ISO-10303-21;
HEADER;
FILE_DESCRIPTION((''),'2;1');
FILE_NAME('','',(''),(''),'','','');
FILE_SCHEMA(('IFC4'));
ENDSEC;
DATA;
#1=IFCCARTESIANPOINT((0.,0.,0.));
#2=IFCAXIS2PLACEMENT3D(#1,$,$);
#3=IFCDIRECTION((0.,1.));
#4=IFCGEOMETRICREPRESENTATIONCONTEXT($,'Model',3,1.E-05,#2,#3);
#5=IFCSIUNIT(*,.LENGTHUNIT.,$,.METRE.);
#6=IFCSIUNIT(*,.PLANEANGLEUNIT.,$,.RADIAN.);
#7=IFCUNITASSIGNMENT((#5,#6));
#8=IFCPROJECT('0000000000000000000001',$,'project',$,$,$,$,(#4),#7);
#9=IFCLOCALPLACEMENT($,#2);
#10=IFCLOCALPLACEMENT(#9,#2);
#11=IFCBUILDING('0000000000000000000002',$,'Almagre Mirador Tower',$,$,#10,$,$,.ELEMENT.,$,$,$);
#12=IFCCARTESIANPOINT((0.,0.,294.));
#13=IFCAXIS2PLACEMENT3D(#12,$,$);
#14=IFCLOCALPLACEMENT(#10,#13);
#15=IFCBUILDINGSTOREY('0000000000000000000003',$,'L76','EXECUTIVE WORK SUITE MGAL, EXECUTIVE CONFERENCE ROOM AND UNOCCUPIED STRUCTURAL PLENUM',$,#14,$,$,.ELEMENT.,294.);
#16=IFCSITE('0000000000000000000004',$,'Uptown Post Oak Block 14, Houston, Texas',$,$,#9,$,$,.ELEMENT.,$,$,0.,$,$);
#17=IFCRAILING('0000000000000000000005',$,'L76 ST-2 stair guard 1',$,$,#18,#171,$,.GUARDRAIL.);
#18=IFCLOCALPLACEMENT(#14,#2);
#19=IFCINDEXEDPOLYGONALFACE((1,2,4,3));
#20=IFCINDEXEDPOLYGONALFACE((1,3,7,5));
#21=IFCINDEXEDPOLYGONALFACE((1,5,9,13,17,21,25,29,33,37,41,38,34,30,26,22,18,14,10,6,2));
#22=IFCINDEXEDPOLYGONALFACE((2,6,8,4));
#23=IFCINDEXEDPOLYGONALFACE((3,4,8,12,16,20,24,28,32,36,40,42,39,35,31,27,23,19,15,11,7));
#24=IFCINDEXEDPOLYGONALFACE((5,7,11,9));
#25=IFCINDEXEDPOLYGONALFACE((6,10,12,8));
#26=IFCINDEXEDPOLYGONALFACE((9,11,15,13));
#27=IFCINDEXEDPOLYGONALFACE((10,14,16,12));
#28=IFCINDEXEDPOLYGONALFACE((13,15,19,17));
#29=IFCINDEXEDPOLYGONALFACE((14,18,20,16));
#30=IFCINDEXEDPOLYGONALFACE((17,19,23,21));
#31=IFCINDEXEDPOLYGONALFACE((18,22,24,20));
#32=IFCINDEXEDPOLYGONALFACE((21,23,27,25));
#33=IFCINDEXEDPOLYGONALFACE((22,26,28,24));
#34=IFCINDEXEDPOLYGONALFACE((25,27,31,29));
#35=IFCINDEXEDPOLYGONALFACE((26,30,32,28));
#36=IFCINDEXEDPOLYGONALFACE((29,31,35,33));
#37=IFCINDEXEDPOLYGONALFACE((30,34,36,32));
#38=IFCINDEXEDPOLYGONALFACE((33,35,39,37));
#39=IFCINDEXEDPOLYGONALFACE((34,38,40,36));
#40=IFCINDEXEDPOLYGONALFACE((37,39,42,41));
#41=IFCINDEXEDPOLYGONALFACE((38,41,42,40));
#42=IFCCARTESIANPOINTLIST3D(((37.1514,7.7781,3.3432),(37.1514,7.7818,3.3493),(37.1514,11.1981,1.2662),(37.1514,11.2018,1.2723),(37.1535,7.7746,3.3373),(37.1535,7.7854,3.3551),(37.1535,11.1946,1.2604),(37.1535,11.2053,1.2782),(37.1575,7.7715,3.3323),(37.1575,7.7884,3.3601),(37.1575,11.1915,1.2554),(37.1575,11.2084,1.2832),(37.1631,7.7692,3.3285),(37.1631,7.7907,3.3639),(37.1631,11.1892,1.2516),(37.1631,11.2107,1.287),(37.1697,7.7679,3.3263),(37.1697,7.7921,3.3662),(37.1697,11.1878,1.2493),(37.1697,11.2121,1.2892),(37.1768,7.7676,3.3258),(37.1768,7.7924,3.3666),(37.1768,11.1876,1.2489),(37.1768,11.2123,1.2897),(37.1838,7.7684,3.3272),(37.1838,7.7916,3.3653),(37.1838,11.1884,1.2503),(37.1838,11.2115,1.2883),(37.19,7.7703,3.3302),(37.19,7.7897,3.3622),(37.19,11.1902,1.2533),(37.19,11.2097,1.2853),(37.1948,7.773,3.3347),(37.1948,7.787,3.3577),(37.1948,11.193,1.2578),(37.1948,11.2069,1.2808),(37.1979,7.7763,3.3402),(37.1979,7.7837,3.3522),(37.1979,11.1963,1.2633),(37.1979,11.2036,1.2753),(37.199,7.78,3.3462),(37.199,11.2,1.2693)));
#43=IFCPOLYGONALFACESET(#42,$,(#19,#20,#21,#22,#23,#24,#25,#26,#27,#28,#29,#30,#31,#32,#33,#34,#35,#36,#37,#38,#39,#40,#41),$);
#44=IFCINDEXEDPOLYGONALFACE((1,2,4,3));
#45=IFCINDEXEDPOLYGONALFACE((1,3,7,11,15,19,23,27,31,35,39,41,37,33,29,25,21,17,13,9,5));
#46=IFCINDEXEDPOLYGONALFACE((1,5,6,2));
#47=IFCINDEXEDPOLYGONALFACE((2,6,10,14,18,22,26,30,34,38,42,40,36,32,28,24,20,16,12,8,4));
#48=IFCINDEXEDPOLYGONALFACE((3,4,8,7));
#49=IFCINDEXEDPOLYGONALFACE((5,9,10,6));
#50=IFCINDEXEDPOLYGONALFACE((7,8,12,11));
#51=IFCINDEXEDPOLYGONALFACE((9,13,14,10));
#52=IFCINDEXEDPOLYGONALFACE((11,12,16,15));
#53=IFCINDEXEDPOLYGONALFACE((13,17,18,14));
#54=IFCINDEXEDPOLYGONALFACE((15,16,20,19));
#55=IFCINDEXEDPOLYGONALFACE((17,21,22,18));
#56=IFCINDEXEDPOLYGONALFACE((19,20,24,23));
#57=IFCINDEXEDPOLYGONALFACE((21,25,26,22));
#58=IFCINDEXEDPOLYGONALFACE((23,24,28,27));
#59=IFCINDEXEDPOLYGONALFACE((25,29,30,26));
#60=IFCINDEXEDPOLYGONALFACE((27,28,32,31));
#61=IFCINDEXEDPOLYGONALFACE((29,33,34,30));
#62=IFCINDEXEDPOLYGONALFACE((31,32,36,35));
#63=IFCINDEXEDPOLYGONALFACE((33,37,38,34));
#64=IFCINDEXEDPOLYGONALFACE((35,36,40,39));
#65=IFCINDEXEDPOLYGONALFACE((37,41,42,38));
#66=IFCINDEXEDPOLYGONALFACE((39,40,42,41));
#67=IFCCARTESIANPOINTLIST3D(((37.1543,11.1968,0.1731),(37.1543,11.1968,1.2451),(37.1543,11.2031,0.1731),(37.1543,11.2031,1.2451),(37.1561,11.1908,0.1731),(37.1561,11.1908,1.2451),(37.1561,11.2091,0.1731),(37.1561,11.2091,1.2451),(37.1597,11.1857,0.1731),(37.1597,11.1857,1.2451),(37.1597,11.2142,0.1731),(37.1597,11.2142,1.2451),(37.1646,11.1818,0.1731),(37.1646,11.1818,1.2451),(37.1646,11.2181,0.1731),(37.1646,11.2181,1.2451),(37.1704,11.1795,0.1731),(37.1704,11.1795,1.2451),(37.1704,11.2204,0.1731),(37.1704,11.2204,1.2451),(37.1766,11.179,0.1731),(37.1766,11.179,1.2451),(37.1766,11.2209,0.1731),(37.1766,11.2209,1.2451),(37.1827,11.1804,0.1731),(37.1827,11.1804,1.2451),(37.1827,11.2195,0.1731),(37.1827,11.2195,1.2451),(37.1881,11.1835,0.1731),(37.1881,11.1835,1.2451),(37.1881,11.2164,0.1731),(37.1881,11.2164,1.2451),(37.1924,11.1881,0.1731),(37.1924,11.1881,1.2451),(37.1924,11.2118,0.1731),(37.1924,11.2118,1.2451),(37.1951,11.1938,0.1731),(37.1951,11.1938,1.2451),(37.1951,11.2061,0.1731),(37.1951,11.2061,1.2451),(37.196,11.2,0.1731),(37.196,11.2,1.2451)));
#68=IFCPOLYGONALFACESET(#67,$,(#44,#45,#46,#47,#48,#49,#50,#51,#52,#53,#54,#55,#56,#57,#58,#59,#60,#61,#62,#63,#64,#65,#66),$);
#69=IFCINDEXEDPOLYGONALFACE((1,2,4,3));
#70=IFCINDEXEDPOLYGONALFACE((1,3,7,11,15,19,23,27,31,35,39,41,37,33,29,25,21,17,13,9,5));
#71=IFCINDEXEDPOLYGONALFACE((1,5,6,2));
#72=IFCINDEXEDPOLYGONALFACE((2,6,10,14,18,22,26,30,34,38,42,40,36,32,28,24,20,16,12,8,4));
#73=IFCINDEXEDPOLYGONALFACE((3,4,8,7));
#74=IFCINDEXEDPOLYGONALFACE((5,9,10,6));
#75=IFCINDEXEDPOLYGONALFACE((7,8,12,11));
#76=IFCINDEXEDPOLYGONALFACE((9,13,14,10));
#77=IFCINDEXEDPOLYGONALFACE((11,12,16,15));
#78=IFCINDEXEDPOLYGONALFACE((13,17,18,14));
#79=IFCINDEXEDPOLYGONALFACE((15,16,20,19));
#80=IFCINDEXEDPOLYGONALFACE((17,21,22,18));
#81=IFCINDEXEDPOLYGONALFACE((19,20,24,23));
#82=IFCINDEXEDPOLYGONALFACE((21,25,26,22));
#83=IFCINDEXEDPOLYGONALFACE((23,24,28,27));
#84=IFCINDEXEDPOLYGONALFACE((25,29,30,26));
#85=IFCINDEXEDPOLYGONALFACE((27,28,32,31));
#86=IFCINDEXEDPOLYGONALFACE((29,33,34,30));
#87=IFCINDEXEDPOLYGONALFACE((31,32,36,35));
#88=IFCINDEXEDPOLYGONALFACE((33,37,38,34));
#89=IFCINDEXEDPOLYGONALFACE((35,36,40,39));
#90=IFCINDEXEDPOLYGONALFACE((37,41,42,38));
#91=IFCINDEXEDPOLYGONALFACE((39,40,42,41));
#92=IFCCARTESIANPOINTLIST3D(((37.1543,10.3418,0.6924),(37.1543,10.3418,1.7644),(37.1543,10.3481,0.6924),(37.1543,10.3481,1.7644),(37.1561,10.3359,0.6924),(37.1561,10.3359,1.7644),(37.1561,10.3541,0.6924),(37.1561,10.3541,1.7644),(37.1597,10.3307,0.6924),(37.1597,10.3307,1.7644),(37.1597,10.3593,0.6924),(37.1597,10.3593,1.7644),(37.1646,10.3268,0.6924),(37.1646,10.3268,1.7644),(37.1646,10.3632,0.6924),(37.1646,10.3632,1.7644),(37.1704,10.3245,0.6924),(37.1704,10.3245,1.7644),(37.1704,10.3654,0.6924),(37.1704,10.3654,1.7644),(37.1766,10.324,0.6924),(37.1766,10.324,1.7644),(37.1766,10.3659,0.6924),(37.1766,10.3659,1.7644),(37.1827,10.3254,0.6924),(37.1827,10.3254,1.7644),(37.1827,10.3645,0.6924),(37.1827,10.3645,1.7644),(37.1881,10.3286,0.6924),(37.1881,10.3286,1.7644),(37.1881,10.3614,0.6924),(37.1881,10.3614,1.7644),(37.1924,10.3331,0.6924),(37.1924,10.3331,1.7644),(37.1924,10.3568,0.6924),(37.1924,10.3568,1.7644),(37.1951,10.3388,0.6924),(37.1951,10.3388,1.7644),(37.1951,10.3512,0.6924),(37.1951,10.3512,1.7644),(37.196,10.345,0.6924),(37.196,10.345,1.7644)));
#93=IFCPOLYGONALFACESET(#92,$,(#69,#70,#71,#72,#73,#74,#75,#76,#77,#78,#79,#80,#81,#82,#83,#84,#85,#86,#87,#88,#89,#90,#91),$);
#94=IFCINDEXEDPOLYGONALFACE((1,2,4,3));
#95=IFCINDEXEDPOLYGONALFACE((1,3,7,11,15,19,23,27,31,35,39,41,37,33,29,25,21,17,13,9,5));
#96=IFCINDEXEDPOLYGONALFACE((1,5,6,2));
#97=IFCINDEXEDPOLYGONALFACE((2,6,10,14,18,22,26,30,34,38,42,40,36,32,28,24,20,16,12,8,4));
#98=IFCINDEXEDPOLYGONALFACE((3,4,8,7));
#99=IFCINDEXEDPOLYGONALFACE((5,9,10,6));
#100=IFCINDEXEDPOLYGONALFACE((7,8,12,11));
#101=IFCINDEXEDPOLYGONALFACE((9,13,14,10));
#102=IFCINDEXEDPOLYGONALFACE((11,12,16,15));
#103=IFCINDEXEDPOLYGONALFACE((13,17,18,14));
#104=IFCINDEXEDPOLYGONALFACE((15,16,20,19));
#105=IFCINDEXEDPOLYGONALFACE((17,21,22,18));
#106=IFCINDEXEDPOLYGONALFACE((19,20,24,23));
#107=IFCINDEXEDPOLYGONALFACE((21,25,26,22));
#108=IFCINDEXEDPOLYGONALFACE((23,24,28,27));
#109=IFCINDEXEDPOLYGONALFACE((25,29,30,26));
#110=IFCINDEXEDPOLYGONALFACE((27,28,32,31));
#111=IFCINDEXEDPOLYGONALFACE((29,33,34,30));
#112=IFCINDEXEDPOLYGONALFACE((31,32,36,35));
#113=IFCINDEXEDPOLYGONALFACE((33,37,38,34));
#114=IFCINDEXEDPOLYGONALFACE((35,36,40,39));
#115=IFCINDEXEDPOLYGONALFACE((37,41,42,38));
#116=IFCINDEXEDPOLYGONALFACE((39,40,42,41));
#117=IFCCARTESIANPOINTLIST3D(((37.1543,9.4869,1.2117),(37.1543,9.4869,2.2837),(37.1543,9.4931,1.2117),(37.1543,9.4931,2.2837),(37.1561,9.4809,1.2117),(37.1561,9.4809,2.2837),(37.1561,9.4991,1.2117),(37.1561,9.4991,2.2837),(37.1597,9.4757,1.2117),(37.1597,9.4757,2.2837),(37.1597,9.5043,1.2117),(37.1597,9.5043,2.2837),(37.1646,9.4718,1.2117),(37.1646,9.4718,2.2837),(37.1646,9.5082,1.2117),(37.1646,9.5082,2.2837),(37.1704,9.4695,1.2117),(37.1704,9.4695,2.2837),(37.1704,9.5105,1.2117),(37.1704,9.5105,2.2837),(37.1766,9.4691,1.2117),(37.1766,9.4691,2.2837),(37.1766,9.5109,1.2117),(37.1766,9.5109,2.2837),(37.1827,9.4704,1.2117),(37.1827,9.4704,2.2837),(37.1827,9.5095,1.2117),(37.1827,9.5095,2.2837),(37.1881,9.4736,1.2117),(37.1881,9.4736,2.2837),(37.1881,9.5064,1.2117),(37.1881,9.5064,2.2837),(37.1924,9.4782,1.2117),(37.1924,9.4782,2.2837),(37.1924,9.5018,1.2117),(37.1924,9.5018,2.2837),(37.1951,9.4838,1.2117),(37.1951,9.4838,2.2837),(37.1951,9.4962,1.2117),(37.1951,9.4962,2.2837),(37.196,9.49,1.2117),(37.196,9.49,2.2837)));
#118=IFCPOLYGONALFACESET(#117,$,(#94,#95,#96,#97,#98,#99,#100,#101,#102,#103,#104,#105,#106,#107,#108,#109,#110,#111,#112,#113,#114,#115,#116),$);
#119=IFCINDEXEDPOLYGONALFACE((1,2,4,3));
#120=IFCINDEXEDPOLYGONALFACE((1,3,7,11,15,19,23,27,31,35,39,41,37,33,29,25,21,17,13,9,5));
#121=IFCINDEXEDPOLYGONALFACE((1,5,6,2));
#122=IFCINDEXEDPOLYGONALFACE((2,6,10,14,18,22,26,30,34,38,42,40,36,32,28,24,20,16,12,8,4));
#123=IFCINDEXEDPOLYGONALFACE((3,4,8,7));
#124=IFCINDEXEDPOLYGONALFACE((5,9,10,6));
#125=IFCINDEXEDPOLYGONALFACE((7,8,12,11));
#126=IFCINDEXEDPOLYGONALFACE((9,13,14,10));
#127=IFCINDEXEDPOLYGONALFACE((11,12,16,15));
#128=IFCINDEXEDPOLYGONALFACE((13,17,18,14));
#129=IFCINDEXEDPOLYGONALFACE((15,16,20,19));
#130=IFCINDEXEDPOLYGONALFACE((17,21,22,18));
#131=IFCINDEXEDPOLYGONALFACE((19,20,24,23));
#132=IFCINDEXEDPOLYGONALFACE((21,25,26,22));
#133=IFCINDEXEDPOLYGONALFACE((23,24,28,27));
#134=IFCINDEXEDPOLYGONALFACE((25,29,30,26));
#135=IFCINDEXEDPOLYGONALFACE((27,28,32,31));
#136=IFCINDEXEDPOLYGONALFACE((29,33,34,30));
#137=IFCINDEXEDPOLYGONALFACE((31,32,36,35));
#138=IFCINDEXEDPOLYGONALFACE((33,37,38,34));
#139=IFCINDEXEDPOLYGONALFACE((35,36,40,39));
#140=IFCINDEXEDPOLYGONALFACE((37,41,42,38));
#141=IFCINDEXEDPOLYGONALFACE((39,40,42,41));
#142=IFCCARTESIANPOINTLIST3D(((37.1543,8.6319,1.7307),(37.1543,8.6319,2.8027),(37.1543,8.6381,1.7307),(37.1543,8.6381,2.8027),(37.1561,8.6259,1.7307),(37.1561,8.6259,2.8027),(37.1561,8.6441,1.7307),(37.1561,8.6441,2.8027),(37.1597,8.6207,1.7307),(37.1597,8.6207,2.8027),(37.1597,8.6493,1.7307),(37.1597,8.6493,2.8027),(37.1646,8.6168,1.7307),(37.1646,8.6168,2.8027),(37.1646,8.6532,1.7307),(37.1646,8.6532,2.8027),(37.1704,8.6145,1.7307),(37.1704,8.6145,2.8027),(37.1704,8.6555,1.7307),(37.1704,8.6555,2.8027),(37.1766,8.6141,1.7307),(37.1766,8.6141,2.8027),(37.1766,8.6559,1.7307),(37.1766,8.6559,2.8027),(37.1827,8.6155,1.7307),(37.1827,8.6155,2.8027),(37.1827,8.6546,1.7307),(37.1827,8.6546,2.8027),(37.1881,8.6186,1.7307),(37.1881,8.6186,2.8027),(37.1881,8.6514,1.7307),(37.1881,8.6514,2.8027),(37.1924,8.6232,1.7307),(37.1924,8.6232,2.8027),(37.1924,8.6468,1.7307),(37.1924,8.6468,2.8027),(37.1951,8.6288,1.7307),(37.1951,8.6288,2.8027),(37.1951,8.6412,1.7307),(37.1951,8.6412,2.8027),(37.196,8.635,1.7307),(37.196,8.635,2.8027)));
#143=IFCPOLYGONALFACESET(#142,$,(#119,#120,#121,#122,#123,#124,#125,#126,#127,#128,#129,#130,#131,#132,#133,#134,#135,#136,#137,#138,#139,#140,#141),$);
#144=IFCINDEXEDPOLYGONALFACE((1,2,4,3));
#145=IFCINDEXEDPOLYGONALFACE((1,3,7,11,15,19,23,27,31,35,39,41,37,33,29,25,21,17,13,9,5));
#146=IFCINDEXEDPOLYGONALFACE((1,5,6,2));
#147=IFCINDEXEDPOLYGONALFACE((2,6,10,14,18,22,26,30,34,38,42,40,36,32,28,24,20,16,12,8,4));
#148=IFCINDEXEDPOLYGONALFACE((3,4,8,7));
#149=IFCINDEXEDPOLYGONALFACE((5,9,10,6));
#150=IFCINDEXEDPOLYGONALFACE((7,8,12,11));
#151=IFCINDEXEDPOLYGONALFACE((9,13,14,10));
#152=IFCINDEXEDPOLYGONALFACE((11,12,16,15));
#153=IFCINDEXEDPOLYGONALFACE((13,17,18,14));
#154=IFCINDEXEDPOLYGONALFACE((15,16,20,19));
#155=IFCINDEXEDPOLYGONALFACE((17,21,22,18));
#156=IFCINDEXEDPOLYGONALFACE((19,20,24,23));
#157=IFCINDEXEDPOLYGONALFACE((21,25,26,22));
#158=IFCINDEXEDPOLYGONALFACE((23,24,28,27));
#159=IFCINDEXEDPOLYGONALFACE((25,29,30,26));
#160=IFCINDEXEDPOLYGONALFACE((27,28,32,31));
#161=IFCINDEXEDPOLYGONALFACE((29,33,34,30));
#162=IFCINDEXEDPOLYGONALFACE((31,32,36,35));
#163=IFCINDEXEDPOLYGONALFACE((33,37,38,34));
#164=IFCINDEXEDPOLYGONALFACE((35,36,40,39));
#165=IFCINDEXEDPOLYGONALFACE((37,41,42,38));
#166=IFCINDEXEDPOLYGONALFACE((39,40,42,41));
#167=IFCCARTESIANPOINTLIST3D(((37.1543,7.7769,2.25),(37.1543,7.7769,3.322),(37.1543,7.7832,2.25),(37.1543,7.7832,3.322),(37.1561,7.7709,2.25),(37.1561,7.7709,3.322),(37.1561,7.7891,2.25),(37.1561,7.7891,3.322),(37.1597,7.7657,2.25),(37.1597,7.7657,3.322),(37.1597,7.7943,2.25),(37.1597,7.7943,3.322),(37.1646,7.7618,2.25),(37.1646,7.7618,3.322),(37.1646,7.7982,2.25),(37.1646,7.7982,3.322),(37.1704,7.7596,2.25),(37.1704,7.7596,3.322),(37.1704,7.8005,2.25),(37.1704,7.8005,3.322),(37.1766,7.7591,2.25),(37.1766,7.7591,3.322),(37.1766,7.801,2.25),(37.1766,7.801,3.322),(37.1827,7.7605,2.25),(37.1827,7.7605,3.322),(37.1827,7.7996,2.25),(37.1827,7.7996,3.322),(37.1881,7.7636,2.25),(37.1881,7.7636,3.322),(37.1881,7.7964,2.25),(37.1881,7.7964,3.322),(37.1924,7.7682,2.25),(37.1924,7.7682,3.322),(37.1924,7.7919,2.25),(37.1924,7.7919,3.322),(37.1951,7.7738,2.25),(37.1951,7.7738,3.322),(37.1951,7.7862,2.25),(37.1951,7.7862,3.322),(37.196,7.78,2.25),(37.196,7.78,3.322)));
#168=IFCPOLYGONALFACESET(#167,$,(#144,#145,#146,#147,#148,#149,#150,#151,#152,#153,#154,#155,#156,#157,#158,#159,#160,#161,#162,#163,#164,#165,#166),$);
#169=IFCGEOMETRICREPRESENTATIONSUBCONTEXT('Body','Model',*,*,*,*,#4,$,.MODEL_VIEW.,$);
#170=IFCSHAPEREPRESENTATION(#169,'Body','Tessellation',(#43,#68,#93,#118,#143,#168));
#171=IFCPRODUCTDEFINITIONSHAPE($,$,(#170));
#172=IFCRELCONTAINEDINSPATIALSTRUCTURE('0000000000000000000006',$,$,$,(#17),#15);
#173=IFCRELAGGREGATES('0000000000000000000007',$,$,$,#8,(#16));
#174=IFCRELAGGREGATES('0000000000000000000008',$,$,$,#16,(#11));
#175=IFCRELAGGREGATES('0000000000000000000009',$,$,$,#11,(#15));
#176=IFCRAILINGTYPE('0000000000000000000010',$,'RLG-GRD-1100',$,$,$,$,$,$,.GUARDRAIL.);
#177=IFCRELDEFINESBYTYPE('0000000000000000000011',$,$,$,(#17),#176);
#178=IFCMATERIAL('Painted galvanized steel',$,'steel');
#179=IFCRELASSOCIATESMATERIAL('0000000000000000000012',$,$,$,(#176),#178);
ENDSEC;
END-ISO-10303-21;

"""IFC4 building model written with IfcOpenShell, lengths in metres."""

from ifc_helpers import new_model, si_unit, direction, frame, origin, origin_2d, place, context, subcontext, project, spatial, circle, extrude, material, type_object, element, save


model = new_model("IFC4")

# Units and contexts
model_context = context("Model", 3, precision=1e-05, world=origin(), true_north=direction((0.0, 1.0)))
body_context = subcontext(model_context, "Body", "Model", "MODEL_VIEW")
ifc_project = project(units=[si_unit("LENGTHUNIT", "METRE"), si_unit("PLANEANGLEUNIT", "RADIAN")], contexts=[model_context])

# Site, building, storey
site_placement = place(None, origin())
site = spatial("IfcSite", under=ifc_project, at=site_placement, Name="Uptown Post Oak Block 14, Houston, Texas", CompositionType="ELEMENT", RefElevation=0.0)
building_placement = place(site_placement, origin())
building = spatial("IfcBuilding", under=site, at=building_placement, Name="Almagre Mirador Tower", CompositionType="ELEMENT")
storey_placement = place(building_placement, frame((0.0, 0.0, 294.0)))
storey = spatial("IfcBuildingStorey", under=building, at=storey_placement, Name="L76", Description="EXECUTIVE WORK SUITE MGAL, EXECUTIVE CONFERENCE ROOM AND UNOCCUPIED STRUCTURAL PLENUM", CompositionType="ELEMENT", Elevation=294.0)

# Railing
ifc_material_1 = material(Name="Painted galvanized steel", Category="steel")
railing_type_1 = type_object("IfcRailingType", Name="RLG-GRD-1100", PredefinedType="GUARDRAIL", material=ifc_material_1)
railing_1_placement = place(storey_placement, frame((37.175, 11.2, 0.1731)))
element("IfcRailing", 1, at=railing_1_placement, inside=storey, type_object=railing_type_1, Name="L76 ST-2 stair guard 1", PredefinedType="GUARDRAIL", context=body_context, shape_type="SweptSolid", body=[
    extrude(circle(Radius=0.0239, at=origin_2d()), frame((0.0, 0.0, 1.0962), z_axis=(0.0, -0.85473, 0.519074), x_axis=(1.0, 0.0, 0.0)), (0.0, 0.0, 1.0), 4.0012),
    extrude(circle(Radius=0.021, at=origin_2d()), origin(), (0.0, 0.0, 1.0), 1.072),
    extrude(circle(Radius=0.021, at=origin_2d()), frame((0.0, -0.855, 0.5193)), (0.0, 0.0, 1.0), 1.072),
    extrude(circle(Radius=0.021, at=origin_2d()), frame((0.0, -1.71, 1.0386)), (0.0, 0.0, 1.0), 1.072),
    extrude(circle(Radius=0.021, at=origin_2d()), frame((0.0, -2.5649, 1.5576)), (0.0, 0.0, 1.0), 1.072),
    extrude(circle(Radius=0.021, at=origin_2d()), frame((0.0, -3.4199, 2.0769)), (0.0, 0.0, 1.0), 1.072),
])

save(model, "model.ifc")
